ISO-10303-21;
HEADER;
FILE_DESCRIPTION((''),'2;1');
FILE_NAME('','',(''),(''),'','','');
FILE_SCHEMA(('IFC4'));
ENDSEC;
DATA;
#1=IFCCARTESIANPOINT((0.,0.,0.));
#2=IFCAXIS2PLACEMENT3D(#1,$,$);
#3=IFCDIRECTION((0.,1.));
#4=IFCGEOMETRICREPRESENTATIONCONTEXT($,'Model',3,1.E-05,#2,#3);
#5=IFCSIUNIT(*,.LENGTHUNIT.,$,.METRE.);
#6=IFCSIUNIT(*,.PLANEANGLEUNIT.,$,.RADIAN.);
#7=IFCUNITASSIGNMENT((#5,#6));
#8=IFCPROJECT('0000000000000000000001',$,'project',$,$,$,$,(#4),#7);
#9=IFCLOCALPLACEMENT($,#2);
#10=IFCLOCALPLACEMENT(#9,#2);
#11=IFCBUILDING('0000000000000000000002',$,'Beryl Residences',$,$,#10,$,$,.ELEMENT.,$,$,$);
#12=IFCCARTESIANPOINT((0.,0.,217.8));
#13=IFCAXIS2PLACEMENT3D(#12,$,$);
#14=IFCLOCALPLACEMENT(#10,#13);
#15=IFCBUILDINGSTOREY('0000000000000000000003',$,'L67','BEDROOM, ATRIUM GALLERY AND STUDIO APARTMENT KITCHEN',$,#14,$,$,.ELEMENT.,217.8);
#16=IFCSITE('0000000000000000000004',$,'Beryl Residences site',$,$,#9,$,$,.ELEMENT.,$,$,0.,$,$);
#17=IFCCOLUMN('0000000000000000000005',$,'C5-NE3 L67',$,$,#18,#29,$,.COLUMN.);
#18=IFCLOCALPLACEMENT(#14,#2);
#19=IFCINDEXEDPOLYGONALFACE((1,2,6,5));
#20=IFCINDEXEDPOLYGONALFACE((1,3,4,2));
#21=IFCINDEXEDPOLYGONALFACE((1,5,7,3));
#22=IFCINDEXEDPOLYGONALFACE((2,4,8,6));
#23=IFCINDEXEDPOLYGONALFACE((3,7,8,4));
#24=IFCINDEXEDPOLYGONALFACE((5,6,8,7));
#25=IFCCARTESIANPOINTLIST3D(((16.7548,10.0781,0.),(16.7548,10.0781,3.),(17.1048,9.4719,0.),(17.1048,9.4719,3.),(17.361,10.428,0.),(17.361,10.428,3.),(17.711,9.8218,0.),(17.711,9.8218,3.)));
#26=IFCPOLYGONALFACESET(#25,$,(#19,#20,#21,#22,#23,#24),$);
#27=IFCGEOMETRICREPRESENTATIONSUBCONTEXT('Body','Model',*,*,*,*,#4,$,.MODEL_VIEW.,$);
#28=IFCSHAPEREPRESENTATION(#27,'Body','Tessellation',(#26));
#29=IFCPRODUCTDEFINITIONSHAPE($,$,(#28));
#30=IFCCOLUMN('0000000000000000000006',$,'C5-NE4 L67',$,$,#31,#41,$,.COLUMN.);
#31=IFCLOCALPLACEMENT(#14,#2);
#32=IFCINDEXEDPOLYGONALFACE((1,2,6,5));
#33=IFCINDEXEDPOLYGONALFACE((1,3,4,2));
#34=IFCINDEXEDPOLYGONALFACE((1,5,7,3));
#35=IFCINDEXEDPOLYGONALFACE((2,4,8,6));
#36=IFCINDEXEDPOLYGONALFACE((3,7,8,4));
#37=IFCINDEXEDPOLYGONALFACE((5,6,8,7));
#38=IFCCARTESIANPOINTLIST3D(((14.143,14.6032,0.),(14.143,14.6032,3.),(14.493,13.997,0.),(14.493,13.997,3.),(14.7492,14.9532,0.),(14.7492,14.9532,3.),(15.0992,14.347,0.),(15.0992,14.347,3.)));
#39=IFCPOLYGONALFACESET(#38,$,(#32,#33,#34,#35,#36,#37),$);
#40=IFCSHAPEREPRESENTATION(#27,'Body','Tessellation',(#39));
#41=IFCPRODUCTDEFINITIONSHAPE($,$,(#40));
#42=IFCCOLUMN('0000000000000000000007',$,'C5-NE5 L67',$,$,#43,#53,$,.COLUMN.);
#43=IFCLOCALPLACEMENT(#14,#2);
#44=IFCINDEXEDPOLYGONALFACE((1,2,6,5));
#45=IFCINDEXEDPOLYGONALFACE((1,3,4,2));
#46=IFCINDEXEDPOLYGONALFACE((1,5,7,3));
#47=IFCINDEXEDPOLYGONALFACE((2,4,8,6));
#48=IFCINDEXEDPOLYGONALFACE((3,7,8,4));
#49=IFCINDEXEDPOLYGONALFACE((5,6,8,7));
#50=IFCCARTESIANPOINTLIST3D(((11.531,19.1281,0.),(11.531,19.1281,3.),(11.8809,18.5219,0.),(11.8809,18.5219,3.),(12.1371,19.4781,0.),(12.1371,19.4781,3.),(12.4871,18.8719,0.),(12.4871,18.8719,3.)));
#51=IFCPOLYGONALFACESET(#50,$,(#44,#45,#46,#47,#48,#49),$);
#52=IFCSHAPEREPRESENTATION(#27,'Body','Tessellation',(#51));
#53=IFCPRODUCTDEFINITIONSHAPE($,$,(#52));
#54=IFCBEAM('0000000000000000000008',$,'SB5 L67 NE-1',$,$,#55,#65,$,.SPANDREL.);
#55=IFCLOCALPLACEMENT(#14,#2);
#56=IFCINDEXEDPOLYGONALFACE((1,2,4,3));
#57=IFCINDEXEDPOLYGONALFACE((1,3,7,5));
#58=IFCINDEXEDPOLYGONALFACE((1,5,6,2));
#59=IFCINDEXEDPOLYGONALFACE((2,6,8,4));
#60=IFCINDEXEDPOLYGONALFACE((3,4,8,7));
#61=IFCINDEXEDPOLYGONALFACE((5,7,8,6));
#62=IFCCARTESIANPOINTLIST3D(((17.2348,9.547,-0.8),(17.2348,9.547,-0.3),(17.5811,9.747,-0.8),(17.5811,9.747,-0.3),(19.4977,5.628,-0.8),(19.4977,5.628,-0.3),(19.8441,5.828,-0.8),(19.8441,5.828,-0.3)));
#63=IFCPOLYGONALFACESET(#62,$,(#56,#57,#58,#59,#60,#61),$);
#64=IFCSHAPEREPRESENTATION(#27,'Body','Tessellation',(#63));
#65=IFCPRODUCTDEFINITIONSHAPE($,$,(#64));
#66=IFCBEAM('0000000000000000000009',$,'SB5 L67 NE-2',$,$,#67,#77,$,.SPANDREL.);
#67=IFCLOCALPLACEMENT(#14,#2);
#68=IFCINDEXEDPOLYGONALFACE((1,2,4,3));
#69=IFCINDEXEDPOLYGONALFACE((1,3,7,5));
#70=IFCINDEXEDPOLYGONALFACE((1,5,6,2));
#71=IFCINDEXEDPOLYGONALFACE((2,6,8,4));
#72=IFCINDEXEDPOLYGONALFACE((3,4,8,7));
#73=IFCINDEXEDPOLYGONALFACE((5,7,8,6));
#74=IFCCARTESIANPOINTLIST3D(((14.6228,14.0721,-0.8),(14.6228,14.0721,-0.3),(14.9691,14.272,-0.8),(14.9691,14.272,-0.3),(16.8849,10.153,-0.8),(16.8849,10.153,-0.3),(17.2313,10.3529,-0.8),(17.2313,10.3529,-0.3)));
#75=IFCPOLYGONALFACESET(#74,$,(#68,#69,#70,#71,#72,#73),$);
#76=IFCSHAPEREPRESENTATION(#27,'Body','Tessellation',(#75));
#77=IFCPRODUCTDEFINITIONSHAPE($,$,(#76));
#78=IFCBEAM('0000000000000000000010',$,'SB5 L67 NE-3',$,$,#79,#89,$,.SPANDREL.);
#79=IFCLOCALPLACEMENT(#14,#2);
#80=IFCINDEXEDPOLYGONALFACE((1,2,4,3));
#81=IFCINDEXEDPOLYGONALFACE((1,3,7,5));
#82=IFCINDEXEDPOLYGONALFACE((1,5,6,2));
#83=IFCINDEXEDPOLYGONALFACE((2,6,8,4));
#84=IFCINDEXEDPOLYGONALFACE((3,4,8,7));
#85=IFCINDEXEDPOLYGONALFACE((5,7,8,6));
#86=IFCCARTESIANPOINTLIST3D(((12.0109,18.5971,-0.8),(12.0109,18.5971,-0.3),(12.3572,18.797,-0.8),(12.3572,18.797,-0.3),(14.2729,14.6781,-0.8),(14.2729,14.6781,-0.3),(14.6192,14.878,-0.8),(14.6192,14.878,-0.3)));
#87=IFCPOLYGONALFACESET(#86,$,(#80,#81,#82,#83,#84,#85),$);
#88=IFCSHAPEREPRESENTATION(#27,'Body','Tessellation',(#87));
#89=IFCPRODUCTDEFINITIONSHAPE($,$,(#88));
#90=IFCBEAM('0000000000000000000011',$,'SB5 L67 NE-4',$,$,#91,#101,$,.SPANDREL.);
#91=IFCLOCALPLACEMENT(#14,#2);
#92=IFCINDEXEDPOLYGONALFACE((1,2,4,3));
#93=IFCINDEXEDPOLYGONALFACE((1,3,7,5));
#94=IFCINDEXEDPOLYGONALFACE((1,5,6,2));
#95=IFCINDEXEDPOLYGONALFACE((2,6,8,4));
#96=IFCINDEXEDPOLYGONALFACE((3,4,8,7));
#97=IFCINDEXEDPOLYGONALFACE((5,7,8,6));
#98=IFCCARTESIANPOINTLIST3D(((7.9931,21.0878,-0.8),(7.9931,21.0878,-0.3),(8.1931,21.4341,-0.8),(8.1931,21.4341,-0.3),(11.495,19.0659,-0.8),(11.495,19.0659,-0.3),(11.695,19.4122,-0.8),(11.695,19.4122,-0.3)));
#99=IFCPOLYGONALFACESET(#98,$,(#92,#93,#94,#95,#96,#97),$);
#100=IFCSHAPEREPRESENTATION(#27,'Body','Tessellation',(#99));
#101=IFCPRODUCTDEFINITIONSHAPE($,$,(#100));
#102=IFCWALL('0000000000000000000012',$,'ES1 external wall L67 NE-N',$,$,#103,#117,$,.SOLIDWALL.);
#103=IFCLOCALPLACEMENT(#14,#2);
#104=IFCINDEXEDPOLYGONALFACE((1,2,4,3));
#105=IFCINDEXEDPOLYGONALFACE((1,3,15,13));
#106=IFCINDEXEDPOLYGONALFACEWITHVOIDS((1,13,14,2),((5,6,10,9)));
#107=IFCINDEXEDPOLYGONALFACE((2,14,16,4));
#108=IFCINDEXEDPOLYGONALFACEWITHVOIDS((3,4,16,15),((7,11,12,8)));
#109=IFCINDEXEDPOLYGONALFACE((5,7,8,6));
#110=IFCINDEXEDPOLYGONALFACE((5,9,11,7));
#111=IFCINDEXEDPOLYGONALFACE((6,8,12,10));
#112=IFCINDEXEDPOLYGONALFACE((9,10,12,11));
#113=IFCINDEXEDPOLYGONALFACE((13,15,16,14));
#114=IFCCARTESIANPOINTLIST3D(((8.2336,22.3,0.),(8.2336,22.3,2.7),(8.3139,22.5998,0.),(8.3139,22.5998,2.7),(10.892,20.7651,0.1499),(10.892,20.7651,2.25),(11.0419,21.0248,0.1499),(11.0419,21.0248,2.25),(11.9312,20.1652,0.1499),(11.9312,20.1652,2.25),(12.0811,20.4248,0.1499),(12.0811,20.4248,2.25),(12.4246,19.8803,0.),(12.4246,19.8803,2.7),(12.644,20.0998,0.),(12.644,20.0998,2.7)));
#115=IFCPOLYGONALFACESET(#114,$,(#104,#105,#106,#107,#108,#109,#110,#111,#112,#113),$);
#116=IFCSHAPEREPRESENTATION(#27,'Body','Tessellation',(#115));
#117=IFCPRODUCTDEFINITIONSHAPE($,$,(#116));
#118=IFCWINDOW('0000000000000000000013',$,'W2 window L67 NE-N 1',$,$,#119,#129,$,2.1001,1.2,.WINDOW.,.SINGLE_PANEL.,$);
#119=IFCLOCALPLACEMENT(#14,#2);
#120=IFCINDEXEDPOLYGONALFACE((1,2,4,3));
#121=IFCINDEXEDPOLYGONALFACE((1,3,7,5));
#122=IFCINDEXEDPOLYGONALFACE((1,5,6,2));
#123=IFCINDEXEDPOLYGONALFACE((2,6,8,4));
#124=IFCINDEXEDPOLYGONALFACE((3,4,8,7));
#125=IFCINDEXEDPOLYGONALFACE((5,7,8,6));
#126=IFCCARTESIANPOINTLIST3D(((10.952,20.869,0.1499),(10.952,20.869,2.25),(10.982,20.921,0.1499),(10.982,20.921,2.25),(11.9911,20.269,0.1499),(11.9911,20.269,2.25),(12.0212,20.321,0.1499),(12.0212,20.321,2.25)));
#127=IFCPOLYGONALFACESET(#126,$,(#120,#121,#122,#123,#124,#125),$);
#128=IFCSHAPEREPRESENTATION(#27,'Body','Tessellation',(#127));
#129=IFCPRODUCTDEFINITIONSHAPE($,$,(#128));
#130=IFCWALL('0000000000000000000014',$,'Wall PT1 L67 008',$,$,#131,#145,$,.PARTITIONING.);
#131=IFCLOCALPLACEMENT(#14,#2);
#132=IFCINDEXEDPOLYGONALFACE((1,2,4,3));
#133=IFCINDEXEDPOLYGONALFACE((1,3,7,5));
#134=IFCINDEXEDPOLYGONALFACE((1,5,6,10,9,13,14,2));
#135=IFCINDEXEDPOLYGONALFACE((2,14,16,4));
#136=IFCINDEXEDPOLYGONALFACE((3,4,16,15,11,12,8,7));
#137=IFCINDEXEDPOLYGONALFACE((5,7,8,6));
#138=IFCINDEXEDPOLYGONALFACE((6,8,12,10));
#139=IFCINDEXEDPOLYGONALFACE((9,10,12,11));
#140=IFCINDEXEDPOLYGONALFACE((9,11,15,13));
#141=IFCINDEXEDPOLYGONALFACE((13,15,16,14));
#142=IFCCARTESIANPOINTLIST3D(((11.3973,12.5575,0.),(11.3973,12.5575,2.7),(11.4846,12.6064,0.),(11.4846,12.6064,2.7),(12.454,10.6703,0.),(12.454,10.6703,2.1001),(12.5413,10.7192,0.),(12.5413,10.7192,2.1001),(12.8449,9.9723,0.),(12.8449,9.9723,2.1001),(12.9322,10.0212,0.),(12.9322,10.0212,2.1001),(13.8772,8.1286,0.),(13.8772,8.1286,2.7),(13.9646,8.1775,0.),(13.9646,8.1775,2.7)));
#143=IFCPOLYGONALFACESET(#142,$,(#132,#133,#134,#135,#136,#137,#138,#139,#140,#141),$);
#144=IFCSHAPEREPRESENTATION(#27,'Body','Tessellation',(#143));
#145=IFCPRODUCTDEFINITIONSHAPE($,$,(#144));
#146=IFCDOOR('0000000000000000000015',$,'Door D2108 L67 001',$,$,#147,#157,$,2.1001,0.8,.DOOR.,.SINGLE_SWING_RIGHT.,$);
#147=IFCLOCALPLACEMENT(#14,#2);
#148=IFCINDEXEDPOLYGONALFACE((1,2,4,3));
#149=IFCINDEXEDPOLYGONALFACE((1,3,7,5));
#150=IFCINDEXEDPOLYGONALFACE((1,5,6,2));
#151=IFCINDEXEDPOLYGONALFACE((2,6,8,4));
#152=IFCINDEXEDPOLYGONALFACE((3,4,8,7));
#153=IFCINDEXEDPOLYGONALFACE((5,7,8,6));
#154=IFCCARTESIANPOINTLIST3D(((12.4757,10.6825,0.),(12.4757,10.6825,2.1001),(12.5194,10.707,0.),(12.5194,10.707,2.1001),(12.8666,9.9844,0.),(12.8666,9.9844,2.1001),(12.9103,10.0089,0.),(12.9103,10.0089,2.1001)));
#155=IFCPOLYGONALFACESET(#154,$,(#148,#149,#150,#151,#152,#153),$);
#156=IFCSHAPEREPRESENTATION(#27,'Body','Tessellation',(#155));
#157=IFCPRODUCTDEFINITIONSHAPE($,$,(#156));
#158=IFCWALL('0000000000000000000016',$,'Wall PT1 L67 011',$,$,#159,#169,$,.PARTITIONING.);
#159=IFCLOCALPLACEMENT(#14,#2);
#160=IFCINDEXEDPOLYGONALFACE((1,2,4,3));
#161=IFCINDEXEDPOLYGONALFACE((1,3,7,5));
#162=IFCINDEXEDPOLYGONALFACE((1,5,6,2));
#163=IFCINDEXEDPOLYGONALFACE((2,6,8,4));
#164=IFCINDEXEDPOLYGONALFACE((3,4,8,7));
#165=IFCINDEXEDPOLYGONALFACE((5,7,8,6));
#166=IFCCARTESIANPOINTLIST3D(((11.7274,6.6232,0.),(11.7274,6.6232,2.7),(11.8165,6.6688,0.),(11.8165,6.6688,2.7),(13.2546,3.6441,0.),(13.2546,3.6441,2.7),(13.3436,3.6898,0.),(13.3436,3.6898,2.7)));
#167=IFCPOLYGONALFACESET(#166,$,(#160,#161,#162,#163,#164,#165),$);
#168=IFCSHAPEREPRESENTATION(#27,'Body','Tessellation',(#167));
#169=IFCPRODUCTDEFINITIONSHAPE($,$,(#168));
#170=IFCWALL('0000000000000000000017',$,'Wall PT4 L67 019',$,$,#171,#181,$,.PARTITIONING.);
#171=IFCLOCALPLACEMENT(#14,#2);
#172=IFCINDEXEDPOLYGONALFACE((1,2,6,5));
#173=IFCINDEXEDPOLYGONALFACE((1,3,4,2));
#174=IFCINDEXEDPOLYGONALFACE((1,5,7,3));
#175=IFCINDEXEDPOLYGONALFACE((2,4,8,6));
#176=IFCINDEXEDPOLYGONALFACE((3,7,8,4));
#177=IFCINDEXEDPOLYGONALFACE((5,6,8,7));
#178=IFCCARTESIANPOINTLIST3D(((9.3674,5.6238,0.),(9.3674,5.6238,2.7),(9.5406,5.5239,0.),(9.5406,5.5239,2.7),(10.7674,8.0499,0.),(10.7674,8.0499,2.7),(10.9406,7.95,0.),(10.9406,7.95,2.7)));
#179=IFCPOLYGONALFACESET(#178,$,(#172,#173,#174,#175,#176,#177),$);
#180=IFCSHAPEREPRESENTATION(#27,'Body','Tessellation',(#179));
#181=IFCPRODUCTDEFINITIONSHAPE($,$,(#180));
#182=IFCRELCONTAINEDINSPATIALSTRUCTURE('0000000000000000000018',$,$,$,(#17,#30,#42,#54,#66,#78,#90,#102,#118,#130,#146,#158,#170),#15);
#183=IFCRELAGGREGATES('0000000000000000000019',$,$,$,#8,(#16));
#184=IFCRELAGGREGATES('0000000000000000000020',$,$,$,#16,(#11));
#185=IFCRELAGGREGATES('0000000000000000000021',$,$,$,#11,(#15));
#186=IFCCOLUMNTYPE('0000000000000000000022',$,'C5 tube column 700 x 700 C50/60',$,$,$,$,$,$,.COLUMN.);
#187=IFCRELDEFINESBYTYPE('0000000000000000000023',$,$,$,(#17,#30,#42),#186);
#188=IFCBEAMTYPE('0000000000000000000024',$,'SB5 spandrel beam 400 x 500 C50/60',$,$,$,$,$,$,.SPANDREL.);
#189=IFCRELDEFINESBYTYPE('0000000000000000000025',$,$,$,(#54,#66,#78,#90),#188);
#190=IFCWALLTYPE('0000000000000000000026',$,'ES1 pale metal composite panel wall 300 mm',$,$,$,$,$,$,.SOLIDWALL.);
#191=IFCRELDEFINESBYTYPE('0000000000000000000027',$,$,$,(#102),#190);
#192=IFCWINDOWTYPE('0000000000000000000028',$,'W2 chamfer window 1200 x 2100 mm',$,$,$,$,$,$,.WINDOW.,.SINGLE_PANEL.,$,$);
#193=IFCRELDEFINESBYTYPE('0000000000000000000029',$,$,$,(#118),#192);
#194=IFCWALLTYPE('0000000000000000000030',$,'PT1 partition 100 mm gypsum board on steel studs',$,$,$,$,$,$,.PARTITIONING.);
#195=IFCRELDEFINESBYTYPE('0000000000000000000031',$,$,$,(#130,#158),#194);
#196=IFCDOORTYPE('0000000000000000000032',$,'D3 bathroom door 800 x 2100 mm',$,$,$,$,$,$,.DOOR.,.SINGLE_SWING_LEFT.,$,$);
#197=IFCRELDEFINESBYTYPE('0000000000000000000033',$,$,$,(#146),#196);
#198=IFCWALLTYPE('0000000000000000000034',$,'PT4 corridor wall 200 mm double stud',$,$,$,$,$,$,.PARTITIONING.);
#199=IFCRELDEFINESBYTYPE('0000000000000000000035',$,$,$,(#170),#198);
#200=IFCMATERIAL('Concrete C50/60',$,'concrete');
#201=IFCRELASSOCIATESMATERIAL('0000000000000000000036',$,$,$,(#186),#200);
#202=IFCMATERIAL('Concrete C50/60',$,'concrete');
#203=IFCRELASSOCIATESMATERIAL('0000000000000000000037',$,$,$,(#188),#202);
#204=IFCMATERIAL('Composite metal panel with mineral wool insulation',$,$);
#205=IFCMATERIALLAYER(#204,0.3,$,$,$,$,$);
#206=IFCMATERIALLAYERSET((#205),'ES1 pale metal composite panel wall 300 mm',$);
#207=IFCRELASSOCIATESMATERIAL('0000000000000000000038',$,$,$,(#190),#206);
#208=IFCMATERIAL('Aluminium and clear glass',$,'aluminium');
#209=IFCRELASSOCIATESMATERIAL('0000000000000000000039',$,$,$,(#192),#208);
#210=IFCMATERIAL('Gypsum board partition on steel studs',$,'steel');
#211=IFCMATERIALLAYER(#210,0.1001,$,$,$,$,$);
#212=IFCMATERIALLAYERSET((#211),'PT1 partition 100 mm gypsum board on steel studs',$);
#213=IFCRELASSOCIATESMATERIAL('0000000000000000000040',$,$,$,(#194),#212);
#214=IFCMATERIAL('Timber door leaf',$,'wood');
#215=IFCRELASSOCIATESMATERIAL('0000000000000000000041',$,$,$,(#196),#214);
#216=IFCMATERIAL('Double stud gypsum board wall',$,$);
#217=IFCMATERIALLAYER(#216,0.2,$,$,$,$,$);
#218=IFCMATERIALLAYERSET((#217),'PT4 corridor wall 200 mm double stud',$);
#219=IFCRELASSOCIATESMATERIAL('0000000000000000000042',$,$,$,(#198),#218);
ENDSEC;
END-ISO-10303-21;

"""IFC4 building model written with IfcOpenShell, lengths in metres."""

from ifc_helpers import new_model, si_unit, direction, frame, frame_2d, origin, origin_2d, place, context, subcontext, project, spatial, polyline, rectangle, outline, extrude, material, layer, layer_set, material_profile, profile_set, type_object, element, fill, save


model = new_model("IFC4")

# Units and contexts
model_context = context("Model", 3, precision=1e-05, world=origin(), true_north=direction((0.0, 1.0)))
body_context = subcontext(model_context, "Body", "Model", "MODEL_VIEW")
ifc_project = project(units=[si_unit("LENGTHUNIT", "METRE"), si_unit("PLANEANGLEUNIT", "RADIAN")], contexts=[model_context])

# Site, building, storey
site_placement = place(None, origin())
site = spatial("IfcSite", under=ifc_project, at=site_placement, Name="Beryl Residences site", CompositionType="ELEMENT", RefElevation=0.0)
building_placement = place(site_placement, origin())
building = spatial("IfcBuilding", under=site, at=building_placement, Name="Beryl Residences", CompositionType="ELEMENT")
storey_placement = place(building_placement, frame((0.0, 0.0, 217.8)))
storey = spatial("IfcBuildingStorey", under=building, at=storey_placement, Name="L67", Description="BEDROOM, ATRIUM GALLERY AND STUDIO APARTMENT KITCHEN", CompositionType="ELEMENT", Elevation=217.8)

# Columns
ifc_material_1 = material(Name="Concrete C50/60", Category="concrete")
ifc_material_profile_1 = material_profile(ifc_material_1, rectangle(XDim=0.7, YDim=0.7, at=origin_2d()))
ifc_profile_set_1 = profile_set([ifc_material_profile_1], Name="Concrete C50/60")
column_type = type_object("IfcColumnType", Name="C5 tube column 700 x 700 C50/60", PredefinedType="COLUMN", material=ifc_profile_set_1)
for number, where, z_axis, x_axis, name in (
    (1, (17.2329, 9.95, 0.0), (0.0, 0.0, 1.0), (-0.49997, 0.866043, 0.0), "C5-NE3 L67"),
    (2, (14.6211, 14.4751, 0.0), (0.0, 0.0, 1.0), (-0.49997, 0.866043, 0.0), "C5-NE4 L67"),
    (3, (12.009, 19.0, 0.0), (0.0, 0.0, 1.0), (-0.49997, 0.866043, 0.0), "C5-NE5 L67"),
):
    element("IfcColumn", number, at=place(storey_placement, frame(where, z_axis=z_axis, x_axis=x_axis)), inside=storey, type_object=column_type, Name=name, PredefinedType="COLUMN", context=body_context, shape_type="SweptSolid", body=[
        extrude(rectangle(XDim=0.7, YDim=0.7, at=origin_2d()), origin(), (0.0, 0.0, 1.0), 3.0),
    ])

# Beams
ifc_material_2 = material(Name="Concrete C50/60", Category="concrete")
ifc_material_profile_2 = material_profile(ifc_material_2, rectangle(XDim=0.3999, YDim=0.5, at=origin_2d()))
ifc_profile_set_2 = profile_set([ifc_material_profile_2], Name="Concrete C50/60")
beam_type = type_object("IfcBeamType", Name="SB5 spandrel beam 400 x 500 C50/60", PredefinedType="SPANDREL", material=ifc_profile_set_2)
beam_1_placement = place(storey_placement, frame((19.6709, 5.728, -0.55), z_axis=(-0.500056, 0.865993, 0.0), x_axis=(-0.865993, -0.500056, 0.0)))
element("IfcBeam", 4, at=beam_1_placement, inside=storey, type_object=beam_type, Name="SB5 L67 NE-1", PredefinedType="SPANDREL", context=body_context, shape_type="SweptSolid", body=[
    extrude(rectangle(XDim=0.3999, YDim=0.5, at=origin_2d()), origin(), (0.0, 0.0, 1.0), 4.5254),
])
beam_2_placement = place(storey_placement, frame((17.0581, 10.2529, -0.55), z_axis=(-0.499911, 0.866077, 0.0), x_axis=(-0.866077, -0.499911, 0.0)))
element("IfcBeam", 5, at=beam_2_placement, inside=storey, type_object=beam_type, Name="SB5 L67 NE-2", PredefinedType="SPANDREL", context=body_context, shape_type="SweptSolid", body=[
    extrude(rectangle(XDim=0.3999, YDim=0.5, at=origin_2d()), origin(), (0.0, 0.0, 1.0), 4.5251),
])
beam_3_placement = place(storey_placement, frame((14.446, 14.7781, -0.55), z_axis=(-0.499894, 0.866087, 0.0), x_axis=(-0.866087, -0.499894, 0.0)))
element("IfcBeam", 6, at=beam_3_placement, inside=storey, type_object=beam_type, Name="SB5 L67 NE-3", PredefinedType="SPANDREL", context=body_context, shape_type="SweptSolid", body=[
    extrude(rectangle(XDim=0.3999, YDim=0.5, at=origin_2d()), origin(), (0.0, 0.0, 1.0), 4.5249),
])
beam_4_placement = place(storey_placement, frame((11.595, 19.239, -0.55), z_axis=(-0.866013, 0.500022, 0.0), x_axis=(-0.500022, -0.866013, 0.0)))
element("IfcBeam", 7, at=beam_4_placement, inside=storey, type_object=beam_type, Name="SB5 L67 NE-4", PredefinedType="SPANDREL", context=body_context, shape_type="SweptSolid", body=[
    extrude(rectangle(XDim=0.3999, YDim=0.5, at=origin_2d()), origin(), (0.0, 0.0, 1.0), 4.0437),
])

# Wall, opening, window
ifc_material_3 = material(Name="Composite metal panel with mineral wool insulation")
ifc_layer_1 = layer(ifc_material_3, 0.3)
ifc_layer_set_1 = layer_set([ifc_layer_1], Name="ES1 pale metal composite panel wall 300 mm")
wall_type_1 = type_object("IfcWallType", Name="ES1 pale metal composite panel wall 300 mm", PredefinedType="SOLIDWALL", material=ifc_layer_set_1)
wall_1_placement = place(storey_placement, frame((12.5691, 19.97, 0.0), z_axis=(0.0, 0.0, 1.0), x_axis=(-0.866023, 0.500004, 0.0)))
wall_1 = element("IfcWall", 8, at=wall_1_placement, inside=storey, type_object=wall_type_1, Name="ES1 external wall L67 NE-N", PredefinedType="SOLIDWALL", context=body_context, shape_type="SweptSolid", body=[
    extrude(outline(polyline([(0.0, -0.1499), (5.0, -0.1499), (4.9197, 0.1499), (0.0803, 0.1499), (0.0, -0.1499)])), origin(), (0.0, 0.0, 1.0), 2.7),
])
opening_1_placement = place(wall_1_placement, frame((0.6499, 0.0, 0.1499)))
opening_1 = element("IfcOpeningElement", 9, at=opening_1_placement, cuts=wall_1, PredefinedType="OPENING", context=body_context, shape_type="SweptSolid", body=[
    extrude(rectangle(XDim=1.2, YDim=2.1001, at=frame_2d((0.6001, 1.05))), frame((0.0, 0.1599, 0.0), z_axis=(0.0, -1.0, 0.0), x_axis=(1.0, 0.0, 0.0)), (0.0, 0.0, 1.0), 0.3201),
])
ifc_material_4 = material(Name="Aluminium and clear glass", Category="aluminium")
window_type = type_object("IfcWindowType", Name="W2 chamfer window 1200 x 2100 mm", PartitioningType="SINGLE_PANEL", PredefinedType="WINDOW", material=ifc_material_4)
window_placement = place(opening_1_placement, origin())
window = element("IfcWindow", 10, at=window_placement, inside=storey, type_object=window_type, Name="W2 window L67 NE-N 1", OverallHeight=2.1001, OverallWidth=1.2, PartitioningType="SINGLE_PANEL", PredefinedType="WINDOW", context=body_context, shape_type="SweptSolid", body=[
    extrude(rectangle(XDim=1.2, YDim=2.1001, at=frame_2d((0.6001, 1.05))), frame((0.0, 0.03, 0.0), z_axis=(0.0, -1.0, 0.0), x_axis=(1.0, 0.0, 0.0)), (0.0, 0.0, 1.0), 0.0601),
])
fill(opening_1, window)

# Wall, opening, door
ifc_material_5 = material(Name="Gypsum board partition on steel studs", Category="steel")
ifc_layer_2 = layer(ifc_material_5, 0.1001)
ifc_layer_set_2 = layer_set([ifc_layer_2], Name="PT1 partition 100 mm gypsum board on steel studs")
wall_type_2 = type_object("IfcWallType", Name="PT1 partition 100 mm gypsum board on steel studs", PredefinedType="PARTITIONING", material=ifc_layer_set_2)
wall_2_placement = place(storey_placement, frame((11.4409, 12.582, 0.0), z_axis=(0.0, 0.0, 1.0), x_axis=(0.488568, -0.872526, 0.0)))
wall_2 = element("IfcWall", 11, at=wall_2_placement, inside=storey, type_object=wall_type_2, Name="Wall PT1 L67 008", PredefinedType="PARTITIONING", context=body_context, shape_type="SweptSolid", body=[
    extrude(rectangle(XDim=5.0759, YDim=0.1001, at=frame_2d((2.5381, 0.0))), origin(), (0.0, 0.0, 1.0), 2.7),
])
opening_2_placement = place(wall_2_placement, frame((2.1631, 0.0, 0.0)))
opening_2 = element("IfcOpeningElement", 12, at=opening_2_placement, cuts=wall_2, PredefinedType="OPENING", context=body_context, shape_type="SweptSolid", body=[
    extrude(rectangle(XDim=0.8, YDim=2.1001, at=frame_2d((0.3999, 1.05))), frame((0.0, 0.0601, 0.0), z_axis=(0.0, -1.0, 0.0), x_axis=(1.0, 0.0, 0.0)), (0.0, 0.0, 1.0), 0.1201),
])
ifc_material_6 = material(Name="Timber door leaf", Category="wood")
door_type = type_object("IfcDoorType", Name="D3 bathroom door 800 x 2100 mm", OperationType="SINGLE_SWING_LEFT", PredefinedType="DOOR", material=ifc_material_6)
door_placement = place(opening_2_placement, origin())
door = element("IfcDoor", 13, at=door_placement, inside=storey, type_object=door_type, Name="Door D2108 L67 001", OperationType="SINGLE_SWING_RIGHT", OverallHeight=2.1001, OverallWidth=0.8, PredefinedType="DOOR", context=body_context, shape_type="SweptSolid", body=[
    extrude(rectangle(XDim=0.8, YDim=2.1001, at=frame_2d((0.3999, 1.05))), frame((0.0, 0.0249, 0.0), z_axis=(0.0, -1.0, 0.0), x_axis=(1.0, 0.0, 0.0)), (0.0, 0.0, 1.0), 0.05),
])
fill(opening_2, door)

# Walls
wall_3_placement = place(storey_placement, frame((11.772, 6.646, 0.0), z_axis=(0.0, 0.0, 1.0), x_axis=(0.456176, -0.88989, 0.0)))
element("IfcWall", 14, at=wall_3_placement, inside=storey, type_object=wall_type_2, Name="Wall PT1 L67 011", PredefinedType="PARTITIONING", context=body_context, shape_type="SweptSolid", body=[
    extrude(rectangle(XDim=3.3477, YDim=0.1001, at=frame_2d((1.6738, 0.0))), origin(), (0.0, 0.0, 1.0), 2.7),
])
ifc_material_7 = material(Name="Double stud gypsum board wall")
ifc_layer_3 = layer(ifc_material_7, 0.2)
ifc_layer_set_3 = layer_set([ifc_layer_3], Name="PT4 corridor wall 200 mm double stud")
wall_type_3 = type_object("IfcWallType", Name="PT4 corridor wall 200 mm double stud", PredefinedType="PARTITIONING", material=ifc_layer_set_3)
wall_4_placement = place(storey_placement, frame((9.4541, 5.574, 0.0), z_axis=(0.0, 0.0, 1.0), x_axis=(0.499795, 0.866144, 0.0)))
element("IfcWall", 15, at=wall_4_placement, inside=storey, type_object=wall_type_3, Name="Wall PT4 L67 019", PredefinedType="PARTITIONING", context=body_context, shape_type="SweptSolid", body=[
    extrude(rectangle(XDim=2.801, YDim=0.2, at=frame_2d((1.4004, 0.0))), origin(), (0.0, 0.0, 1.0), 2.7),
])

save(model, "model.ifc")
